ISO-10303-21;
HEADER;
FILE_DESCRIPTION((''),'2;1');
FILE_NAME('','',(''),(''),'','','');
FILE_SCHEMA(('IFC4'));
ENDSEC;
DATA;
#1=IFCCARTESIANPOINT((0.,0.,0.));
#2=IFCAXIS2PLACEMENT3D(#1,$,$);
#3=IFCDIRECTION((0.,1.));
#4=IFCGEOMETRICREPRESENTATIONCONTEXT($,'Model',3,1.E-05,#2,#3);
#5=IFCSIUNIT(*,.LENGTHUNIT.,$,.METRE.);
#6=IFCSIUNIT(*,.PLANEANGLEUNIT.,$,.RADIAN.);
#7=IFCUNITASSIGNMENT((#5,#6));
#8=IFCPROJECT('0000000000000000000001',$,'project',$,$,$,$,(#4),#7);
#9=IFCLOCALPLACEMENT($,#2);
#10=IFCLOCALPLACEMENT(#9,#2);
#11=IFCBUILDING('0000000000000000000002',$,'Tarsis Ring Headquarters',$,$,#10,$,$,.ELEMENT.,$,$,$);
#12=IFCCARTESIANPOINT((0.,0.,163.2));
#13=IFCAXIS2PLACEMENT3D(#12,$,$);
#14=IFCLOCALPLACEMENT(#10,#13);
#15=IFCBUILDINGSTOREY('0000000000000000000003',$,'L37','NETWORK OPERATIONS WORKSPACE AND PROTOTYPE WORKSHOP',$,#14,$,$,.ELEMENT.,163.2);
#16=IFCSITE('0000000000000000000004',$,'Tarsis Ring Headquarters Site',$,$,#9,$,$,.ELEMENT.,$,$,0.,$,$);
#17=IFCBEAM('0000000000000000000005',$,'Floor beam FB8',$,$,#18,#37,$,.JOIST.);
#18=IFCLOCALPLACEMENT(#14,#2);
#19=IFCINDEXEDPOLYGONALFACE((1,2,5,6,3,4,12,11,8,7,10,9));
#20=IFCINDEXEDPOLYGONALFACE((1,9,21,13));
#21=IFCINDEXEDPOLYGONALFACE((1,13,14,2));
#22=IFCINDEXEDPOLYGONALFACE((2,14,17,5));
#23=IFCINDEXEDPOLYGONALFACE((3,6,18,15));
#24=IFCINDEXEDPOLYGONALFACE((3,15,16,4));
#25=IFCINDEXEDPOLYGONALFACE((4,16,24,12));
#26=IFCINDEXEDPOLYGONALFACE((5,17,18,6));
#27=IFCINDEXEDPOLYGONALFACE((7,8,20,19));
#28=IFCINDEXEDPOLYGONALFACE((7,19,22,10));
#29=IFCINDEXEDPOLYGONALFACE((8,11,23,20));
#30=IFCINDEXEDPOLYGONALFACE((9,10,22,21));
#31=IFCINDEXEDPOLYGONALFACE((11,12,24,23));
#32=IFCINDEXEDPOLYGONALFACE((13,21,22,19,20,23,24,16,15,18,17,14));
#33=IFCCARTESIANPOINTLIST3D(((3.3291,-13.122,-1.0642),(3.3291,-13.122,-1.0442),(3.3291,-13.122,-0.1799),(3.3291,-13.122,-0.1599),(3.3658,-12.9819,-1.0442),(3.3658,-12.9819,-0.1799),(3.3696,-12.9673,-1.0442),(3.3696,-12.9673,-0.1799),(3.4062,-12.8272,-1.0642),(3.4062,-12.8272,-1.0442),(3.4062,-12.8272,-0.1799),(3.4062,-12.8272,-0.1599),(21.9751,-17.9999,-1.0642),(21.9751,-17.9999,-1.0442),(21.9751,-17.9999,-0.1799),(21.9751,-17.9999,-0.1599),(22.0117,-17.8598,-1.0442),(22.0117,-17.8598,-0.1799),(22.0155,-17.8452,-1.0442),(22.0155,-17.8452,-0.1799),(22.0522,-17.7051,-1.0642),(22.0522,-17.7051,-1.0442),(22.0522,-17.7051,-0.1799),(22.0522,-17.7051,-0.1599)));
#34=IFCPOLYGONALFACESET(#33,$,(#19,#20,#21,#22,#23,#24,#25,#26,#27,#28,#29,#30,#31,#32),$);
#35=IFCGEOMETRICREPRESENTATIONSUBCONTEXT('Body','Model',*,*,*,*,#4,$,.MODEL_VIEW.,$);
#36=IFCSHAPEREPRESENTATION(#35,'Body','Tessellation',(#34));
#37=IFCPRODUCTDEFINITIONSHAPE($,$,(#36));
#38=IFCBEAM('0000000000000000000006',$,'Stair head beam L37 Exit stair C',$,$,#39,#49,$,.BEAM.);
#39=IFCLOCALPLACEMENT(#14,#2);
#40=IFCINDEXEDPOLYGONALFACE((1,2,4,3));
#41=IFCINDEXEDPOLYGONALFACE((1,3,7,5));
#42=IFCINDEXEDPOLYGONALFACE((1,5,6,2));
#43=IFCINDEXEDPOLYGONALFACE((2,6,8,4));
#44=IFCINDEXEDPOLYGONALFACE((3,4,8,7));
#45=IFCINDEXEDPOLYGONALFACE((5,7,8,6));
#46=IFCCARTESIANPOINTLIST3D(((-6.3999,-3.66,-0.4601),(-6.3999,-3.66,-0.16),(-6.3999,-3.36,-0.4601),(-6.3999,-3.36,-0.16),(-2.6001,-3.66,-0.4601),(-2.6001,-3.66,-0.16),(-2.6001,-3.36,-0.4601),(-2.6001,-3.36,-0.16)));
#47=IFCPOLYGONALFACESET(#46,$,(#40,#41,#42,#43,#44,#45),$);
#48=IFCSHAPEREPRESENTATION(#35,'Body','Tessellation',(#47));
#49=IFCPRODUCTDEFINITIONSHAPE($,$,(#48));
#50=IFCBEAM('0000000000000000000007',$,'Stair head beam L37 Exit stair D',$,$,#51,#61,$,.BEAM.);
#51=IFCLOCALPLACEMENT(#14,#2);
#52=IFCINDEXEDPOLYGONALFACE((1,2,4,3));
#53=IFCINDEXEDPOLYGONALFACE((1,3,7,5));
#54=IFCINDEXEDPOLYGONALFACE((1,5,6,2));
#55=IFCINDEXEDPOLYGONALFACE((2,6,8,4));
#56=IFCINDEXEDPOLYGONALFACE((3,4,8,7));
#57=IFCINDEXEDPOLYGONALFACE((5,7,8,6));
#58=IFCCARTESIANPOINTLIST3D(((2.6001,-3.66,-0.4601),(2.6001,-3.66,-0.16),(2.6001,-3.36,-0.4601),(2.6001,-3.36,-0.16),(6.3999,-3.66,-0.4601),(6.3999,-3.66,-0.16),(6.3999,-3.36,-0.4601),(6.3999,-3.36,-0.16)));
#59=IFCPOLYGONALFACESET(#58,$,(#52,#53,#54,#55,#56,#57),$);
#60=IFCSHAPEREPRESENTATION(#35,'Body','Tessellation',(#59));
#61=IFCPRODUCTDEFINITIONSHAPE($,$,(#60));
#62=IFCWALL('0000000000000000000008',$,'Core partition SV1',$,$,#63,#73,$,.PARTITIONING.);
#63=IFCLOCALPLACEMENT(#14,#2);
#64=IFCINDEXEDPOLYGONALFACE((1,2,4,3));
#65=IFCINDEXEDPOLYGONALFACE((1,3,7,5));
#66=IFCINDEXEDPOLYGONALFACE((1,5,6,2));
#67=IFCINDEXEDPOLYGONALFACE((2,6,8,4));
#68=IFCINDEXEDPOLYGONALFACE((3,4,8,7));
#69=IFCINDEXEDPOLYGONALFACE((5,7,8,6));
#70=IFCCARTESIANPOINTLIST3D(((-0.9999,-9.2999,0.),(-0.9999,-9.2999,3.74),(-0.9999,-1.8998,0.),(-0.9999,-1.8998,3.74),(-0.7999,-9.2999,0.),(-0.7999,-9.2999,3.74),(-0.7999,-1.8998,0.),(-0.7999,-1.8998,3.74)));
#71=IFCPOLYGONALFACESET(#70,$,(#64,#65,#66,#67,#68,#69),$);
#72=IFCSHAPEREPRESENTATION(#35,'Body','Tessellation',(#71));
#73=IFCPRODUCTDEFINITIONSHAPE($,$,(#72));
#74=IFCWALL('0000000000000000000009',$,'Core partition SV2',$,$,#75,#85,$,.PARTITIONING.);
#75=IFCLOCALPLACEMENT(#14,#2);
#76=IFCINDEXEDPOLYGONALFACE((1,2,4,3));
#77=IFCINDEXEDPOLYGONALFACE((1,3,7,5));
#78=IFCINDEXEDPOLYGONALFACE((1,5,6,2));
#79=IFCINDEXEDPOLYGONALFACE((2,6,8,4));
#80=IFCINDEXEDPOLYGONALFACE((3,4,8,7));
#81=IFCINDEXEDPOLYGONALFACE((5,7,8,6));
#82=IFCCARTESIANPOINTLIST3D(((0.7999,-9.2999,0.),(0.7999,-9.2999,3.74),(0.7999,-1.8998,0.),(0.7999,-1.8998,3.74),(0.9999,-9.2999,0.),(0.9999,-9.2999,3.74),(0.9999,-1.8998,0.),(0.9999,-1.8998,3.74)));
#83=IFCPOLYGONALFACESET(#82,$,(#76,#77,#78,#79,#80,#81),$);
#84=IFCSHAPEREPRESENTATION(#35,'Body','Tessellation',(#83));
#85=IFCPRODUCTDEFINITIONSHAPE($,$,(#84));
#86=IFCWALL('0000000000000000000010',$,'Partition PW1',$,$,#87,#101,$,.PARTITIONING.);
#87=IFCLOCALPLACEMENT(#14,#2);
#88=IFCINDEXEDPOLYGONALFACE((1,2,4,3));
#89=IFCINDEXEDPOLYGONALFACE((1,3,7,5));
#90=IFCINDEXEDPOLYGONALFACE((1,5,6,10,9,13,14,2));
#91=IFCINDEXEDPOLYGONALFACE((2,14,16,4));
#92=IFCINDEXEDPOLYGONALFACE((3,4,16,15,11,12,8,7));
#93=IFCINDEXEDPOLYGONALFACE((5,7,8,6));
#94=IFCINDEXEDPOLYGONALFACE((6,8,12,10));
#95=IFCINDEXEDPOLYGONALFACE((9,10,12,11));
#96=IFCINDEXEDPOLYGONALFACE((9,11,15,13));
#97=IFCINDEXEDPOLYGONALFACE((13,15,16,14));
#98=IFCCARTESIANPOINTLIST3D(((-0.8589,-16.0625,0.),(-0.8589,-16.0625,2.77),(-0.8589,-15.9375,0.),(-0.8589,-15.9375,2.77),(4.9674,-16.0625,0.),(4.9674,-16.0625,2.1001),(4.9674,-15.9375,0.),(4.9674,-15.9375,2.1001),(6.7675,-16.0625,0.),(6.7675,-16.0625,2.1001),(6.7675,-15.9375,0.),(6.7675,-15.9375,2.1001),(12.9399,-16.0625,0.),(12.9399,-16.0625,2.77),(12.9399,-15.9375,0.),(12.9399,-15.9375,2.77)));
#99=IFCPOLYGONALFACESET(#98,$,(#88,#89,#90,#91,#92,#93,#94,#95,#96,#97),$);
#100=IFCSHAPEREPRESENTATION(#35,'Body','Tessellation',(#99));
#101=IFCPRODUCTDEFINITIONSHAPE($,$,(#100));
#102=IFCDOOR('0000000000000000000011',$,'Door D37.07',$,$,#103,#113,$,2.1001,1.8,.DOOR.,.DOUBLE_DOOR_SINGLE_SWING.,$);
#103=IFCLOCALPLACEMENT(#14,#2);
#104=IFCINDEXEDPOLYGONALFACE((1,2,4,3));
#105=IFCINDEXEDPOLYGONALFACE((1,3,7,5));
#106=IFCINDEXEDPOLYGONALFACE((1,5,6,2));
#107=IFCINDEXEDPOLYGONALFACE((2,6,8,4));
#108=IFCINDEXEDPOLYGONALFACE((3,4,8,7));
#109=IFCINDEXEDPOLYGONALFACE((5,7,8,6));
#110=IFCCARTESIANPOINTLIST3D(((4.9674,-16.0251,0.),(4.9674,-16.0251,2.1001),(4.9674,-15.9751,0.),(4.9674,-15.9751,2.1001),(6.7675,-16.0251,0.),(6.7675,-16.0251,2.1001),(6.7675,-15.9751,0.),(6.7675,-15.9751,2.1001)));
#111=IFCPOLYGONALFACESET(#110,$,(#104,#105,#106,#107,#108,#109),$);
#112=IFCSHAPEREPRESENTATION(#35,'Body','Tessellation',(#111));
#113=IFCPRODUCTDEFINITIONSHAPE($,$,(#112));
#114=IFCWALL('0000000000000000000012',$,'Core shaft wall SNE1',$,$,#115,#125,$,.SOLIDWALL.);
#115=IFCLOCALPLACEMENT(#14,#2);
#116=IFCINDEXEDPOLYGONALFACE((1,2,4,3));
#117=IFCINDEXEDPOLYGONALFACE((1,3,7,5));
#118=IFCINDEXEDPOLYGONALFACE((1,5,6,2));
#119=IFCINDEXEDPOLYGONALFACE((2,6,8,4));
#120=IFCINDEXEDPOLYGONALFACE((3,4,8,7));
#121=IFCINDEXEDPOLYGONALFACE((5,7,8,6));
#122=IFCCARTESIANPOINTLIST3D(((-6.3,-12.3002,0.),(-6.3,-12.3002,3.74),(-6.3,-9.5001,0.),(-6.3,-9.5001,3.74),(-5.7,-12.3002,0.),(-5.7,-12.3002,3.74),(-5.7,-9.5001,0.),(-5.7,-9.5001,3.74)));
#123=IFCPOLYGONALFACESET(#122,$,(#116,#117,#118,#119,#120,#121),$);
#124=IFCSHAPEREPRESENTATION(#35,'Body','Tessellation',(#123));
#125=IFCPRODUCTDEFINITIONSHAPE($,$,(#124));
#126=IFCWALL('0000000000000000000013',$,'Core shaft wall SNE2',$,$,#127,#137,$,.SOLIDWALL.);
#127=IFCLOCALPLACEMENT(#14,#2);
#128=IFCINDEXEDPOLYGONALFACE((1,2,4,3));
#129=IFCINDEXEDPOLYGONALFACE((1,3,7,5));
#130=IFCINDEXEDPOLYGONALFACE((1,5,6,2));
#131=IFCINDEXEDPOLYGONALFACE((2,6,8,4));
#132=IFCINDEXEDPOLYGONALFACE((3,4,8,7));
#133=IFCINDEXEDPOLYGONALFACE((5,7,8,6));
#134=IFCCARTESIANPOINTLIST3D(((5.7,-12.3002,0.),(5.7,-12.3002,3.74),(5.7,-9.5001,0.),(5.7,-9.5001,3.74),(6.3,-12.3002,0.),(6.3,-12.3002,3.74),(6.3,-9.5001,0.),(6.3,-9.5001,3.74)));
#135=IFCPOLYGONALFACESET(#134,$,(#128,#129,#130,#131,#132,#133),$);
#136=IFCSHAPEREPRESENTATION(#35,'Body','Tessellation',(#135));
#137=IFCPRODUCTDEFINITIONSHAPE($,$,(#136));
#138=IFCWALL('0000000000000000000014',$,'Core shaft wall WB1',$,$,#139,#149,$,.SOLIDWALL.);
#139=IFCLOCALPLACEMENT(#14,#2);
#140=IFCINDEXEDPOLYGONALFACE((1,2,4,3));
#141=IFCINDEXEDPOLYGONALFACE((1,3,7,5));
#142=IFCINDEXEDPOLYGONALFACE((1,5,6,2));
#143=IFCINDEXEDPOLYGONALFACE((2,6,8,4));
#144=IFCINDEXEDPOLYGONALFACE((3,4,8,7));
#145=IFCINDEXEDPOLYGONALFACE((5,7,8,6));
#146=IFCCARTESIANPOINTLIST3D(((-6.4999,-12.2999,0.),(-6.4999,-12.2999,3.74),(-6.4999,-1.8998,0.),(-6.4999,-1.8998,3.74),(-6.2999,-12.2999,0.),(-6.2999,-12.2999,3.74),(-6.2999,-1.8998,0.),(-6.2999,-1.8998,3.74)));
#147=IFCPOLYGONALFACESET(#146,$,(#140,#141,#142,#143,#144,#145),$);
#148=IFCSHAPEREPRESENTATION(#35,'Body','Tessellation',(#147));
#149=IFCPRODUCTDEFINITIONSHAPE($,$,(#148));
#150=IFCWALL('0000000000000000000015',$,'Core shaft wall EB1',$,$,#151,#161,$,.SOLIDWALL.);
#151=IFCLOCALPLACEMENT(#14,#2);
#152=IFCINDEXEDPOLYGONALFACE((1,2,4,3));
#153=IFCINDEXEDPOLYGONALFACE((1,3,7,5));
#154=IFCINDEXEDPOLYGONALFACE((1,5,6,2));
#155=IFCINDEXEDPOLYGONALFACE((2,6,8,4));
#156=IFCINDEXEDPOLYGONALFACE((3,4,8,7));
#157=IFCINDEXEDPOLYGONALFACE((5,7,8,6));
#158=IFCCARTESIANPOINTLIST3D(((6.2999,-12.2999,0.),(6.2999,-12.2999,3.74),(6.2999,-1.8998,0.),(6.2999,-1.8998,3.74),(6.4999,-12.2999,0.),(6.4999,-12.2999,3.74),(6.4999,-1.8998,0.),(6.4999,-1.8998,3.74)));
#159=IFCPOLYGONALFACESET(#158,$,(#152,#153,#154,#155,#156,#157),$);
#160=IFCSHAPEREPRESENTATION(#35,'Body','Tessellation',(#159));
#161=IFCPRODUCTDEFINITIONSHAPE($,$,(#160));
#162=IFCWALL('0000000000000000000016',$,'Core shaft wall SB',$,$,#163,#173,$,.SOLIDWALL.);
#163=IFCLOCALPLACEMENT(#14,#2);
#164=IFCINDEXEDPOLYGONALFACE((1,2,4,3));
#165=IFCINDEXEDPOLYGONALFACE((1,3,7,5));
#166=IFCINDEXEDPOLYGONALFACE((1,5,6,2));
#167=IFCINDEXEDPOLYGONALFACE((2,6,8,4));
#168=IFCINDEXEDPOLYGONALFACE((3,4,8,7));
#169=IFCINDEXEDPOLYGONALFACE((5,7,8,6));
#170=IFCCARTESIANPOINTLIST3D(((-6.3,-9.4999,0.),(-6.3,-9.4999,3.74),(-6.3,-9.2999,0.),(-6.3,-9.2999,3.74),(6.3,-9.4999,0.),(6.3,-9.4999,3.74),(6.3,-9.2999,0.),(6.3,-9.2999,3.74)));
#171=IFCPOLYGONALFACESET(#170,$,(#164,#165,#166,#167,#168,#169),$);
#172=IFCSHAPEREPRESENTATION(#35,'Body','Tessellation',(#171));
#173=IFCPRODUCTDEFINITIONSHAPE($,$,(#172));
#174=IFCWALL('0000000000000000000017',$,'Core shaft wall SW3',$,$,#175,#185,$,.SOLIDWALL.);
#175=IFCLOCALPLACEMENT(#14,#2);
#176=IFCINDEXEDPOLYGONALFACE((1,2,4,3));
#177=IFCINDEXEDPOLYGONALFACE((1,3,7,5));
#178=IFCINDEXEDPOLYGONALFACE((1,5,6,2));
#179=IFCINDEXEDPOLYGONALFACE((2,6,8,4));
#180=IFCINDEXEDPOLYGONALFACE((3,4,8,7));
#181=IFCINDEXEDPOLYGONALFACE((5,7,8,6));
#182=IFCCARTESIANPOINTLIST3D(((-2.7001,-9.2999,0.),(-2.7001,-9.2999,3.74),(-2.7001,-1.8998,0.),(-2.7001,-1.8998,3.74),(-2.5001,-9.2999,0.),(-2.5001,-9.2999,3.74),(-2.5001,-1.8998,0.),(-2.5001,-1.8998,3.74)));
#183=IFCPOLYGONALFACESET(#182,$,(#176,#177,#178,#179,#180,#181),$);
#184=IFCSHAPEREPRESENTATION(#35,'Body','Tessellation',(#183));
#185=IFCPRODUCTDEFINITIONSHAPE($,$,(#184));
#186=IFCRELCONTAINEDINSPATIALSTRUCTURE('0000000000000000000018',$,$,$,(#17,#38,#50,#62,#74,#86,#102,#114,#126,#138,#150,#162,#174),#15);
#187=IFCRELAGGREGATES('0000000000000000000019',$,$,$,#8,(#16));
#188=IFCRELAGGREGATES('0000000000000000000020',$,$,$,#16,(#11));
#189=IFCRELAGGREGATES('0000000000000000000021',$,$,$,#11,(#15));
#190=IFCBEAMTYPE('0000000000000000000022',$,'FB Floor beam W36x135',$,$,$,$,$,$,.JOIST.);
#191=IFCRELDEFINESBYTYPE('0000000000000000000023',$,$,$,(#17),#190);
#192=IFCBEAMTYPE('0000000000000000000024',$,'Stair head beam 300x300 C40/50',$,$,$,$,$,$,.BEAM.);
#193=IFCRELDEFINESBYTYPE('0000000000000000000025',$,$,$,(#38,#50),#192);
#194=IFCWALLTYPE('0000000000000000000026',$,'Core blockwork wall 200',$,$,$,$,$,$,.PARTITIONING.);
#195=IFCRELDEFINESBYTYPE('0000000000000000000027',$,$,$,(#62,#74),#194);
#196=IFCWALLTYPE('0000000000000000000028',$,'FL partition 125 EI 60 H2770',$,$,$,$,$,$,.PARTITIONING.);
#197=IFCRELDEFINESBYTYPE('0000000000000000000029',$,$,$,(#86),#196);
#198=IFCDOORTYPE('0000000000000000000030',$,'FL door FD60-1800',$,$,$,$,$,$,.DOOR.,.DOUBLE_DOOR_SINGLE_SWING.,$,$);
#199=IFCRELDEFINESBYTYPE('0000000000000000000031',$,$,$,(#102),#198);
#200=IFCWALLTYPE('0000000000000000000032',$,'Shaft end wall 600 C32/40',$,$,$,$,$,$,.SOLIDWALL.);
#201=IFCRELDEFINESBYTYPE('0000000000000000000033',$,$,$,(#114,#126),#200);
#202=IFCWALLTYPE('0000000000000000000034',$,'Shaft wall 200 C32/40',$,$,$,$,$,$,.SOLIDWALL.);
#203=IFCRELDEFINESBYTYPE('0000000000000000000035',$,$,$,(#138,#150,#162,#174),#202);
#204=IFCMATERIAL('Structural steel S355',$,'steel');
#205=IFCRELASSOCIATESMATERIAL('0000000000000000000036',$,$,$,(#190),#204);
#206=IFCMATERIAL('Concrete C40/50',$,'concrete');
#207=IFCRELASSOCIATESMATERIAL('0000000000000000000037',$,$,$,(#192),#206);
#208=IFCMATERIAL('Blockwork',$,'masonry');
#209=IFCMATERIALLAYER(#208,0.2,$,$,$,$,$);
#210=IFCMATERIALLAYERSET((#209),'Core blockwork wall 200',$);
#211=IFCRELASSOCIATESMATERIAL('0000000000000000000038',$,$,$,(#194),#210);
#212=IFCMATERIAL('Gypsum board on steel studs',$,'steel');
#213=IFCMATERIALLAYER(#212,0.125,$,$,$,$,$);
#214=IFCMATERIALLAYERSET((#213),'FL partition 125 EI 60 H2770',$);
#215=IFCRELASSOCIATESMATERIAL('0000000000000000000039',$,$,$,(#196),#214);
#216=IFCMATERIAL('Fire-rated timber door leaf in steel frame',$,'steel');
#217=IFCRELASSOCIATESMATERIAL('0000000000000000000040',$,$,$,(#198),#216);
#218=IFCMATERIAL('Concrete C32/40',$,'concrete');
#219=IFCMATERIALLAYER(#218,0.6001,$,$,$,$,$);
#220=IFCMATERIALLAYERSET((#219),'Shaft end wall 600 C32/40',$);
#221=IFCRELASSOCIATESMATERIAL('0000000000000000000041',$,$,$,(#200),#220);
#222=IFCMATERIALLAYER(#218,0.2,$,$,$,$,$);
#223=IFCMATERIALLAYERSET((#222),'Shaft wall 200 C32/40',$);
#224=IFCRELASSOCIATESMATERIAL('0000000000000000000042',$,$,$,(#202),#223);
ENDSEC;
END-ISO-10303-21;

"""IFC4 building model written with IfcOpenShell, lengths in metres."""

from ifc_helpers import new_model, si_unit, direction, frame, frame_2d, origin, origin_2d, place, context, subcontext, project, spatial, rectangle, i_section, extrude, material, layer, layer_set, material_profile, profile_set, type_object, element, fill, save


model = new_model("IFC4")

# Units and contexts
model_context = context("Model", 3, precision=1e-05, world=origin(), true_north=direction((0.0, 1.0)))
body_context = subcontext(model_context, "Body", "Model", "MODEL_VIEW")
ifc_project = project(units=[si_unit("LENGTHUNIT", "METRE"), si_unit("PLANEANGLEUNIT", "RADIAN")], contexts=[model_context])

# Site, building, storey
site_placement = place(None, origin())
site = spatial("IfcSite", under=ifc_project, at=site_placement, Name="Tarsis Ring Headquarters Site", CompositionType="ELEMENT", RefElevation=0.0)
building_placement = place(site_placement, origin())
building = spatial("IfcBuilding", under=site, at=building_placement, Name="Tarsis Ring Headquarters", CompositionType="ELEMENT")
storey_placement = place(building_placement, frame((0.0, 0.0, 163.2)))
storey = spatial("IfcBuildingStorey", under=building, at=storey_placement, Name="L37", Description="NETWORK OPERATIONS WORKSPACE AND PROTOTYPE WORKSHOP", CompositionType="ELEMENT", Elevation=163.2)

# Beams
ifc_material_1 = material(Name="Structural steel S355", Category="steel")
ifc_material_profile_1 = material_profile(ifc_material_1, i_section(OverallWidth=0.3047, OverallDepth=0.9043, WebThickness=0.0151, FlangeThickness=0.02, at=origin_2d()), Name="W36x135")
ifc_profile_set_1 = profile_set([ifc_material_profile_1], Name="Structural steel S355")
beam_type_1 = type_object("IfcBeamType", Name="FB Floor beam W36x135", PredefinedType="JOIST", material=ifc_profile_set_1)
beam_placement = place(storey_placement, frame((3.3677, -12.9746, -0.6121), z_axis=(0.967443, -0.25309, 0.0), x_axis=(0.25309, 0.967443, 0.0)))
element("IfcBeam", 1, at=beam_placement, inside=storey, type_object=beam_type_1, Name="Floor beam FB8", PredefinedType="JOIST", context=body_context, shape_type="SweptSolid", body=[
    extrude(i_section(OverallWidth=0.3047, OverallDepth=0.9043, WebThickness=0.0151, FlangeThickness=0.02, at=origin_2d()), origin(), (0.0, 0.0, 1.0), 19.2734),
])
ifc_material_2 = material(Name="Concrete C40/50", Category="concrete")
ifc_material_profile_2 = material_profile(ifc_material_2, rectangle(XDim=0.3, YDim=0.3, at=origin_2d()), Name="Stair head beam 300x300 C40/50")
ifc_profile_set_2 = profile_set([ifc_material_profile_2], Name="Concrete C40/50")
beam_type_2 = type_object("IfcBeamType", Name="Stair head beam 300x300 C40/50", PredefinedType="BEAM", material=ifc_profile_set_2)
for number, where, z_axis, x_axis, name in (
    (2, (-6.3999, -3.51, -0.3101), (1.0, 0.0, 0.0), (0.0, 1.0, 0.0), "Stair head beam L37 Exit stair C"),
    (3, (2.6001, -3.51, -0.3101), (1.0, 0.0, 0.0), (0.0, 1.0, 0.0), "Stair head beam L37 Exit stair D"),
):
    element("IfcBeam", number, at=place(storey_placement, frame(where, z_axis=z_axis, x_axis=x_axis)), inside=storey, type_object=beam_type_2, Name=name, PredefinedType="BEAM", context=body_context, shape_type="SweptSolid", body=[
        extrude(rectangle(XDim=0.3, YDim=0.3, at=origin_2d()), origin(), (0.0, 0.0, 1.0), 3.7998),
    ])

# Walls
ifc_material_3 = material(Name="Blockwork", Category="masonry")
ifc_layer_1 = layer(ifc_material_3, 0.2)
ifc_layer_set_1 = layer_set([ifc_layer_1], Name="Core blockwork wall 200")
wall_type_1 = type_object("IfcWallType", Name="Core blockwork wall 200", PredefinedType="PARTITIONING", material=ifc_layer_set_1)
for number, where, z_axis, x_axis, name in (
    (4, (-0.8999, -9.3, 0.0), (0.0, 0.0, 1.0), (0.0, 1.0, 0.0), "Core partition SV1"),
    (5, (0.8999, -9.3, 0.0), (0.0, 0.0, 1.0), (0.0, 1.0, 0.0), "Core partition SV2"),
):
    element("IfcWall", number, at=place(storey_placement, frame(where, z_axis=z_axis, x_axis=x_axis)), inside=storey, type_object=wall_type_1, Name=name, PredefinedType="PARTITIONING", context=body_context, shape_type="SweptSolid", body=[
        extrude(rectangle(XDim=7.4001, YDim=0.2, at=frame_2d((3.7002, 0.0))), origin(), (0.0, 0.0, 1.0), 3.74),
    ])

# Wall, opening, door
ifc_material_4 = material(Name="Gypsum board on steel studs", Category="steel")
ifc_layer_2 = layer(ifc_material_4, 0.125)
ifc_layer_set_2 = layer_set([ifc_layer_2], Name="FL partition 125 EI 60 H2770")
wall_type_2 = type_object("IfcWallType", Name="FL partition 125 EI 60 H2770", PredefinedType="PARTITIONING", material=ifc_layer_set_2)
wall_1_placement = place(storey_placement, frame((-0.8589, -16.0, 0.0), z_axis=(0.0, 0.0, 1.0), x_axis=(1.0, 0.0, 0.0)))
wall_1 = element("IfcWall", 6, at=wall_1_placement, inside=storey, type_object=wall_type_2, Name="Partition PW1", PredefinedType="PARTITIONING", context=body_context, shape_type="SweptSolid", body=[
    extrude(rectangle(XDim=13.7988, YDim=0.125, at=frame_2d((6.8994, 0.0))), origin(), (0.0, 0.0, 1.0), 2.77),
])
opening_placement = place(wall_1_placement, frame((5.8264, 0.0, 0.0)))
opening = element("IfcOpeningElement", 7, at=opening_placement, cuts=wall_1, PredefinedType="OPENING", context=body_context, shape_type="SweptSolid", body=[
    extrude(rectangle(XDim=1.8, YDim=2.1001, at=frame_2d((0.8999, 1.05))), frame((0.0, 0.0725, 0.0), z_axis=(0.0, -1.0, 0.0), x_axis=(1.0, 0.0, 0.0)), (0.0, 0.0, 1.0), 0.145),
])
ifc_material_5 = material(Name="Fire-rated timber door leaf in steel frame", Category="steel")
door_type = type_object("IfcDoorType", Name="FL door FD60-1800", OperationType="DOUBLE_DOOR_SINGLE_SWING", PredefinedType="DOOR", material=ifc_material_5)
door_placement = place(opening_placement, origin())
door = element("IfcDoor", 8, at=door_placement, inside=storey, type_object=door_type, Name="Door D37.07", OperationType="DOUBLE_DOOR_SINGLE_SWING", OverallHeight=2.1001, OverallWidth=1.8, PredefinedType="DOOR", context=body_context, shape_type="SweptSolid", body=[
    extrude(rectangle(XDim=1.8, YDim=2.1001, at=frame_2d((0.8999, 1.05))), frame((0.0, 0.0249, 0.0), z_axis=(0.0, -1.0, 0.0), x_axis=(1.0, 0.0, 0.0)), (0.0, 0.0, 1.0), 0.05),
])
fill(opening, door)

# Walls
ifc_material_6 = material(Name="Concrete C32/40", Category="concrete")
ifc_layer_3 = layer(ifc_material_6, 0.6001)
ifc_layer_set_3 = layer_set([ifc_layer_3], Name="Shaft end wall 600 C32/40")
wall_type_3 = type_object("IfcWallType", Name="Shaft end wall 600 C32/40", PredefinedType="SOLIDWALL", material=ifc_layer_set_3)
for number, where, z_axis, x_axis, name in (
    (9, (-6.0, -12.3, 0.0), (0.0, 0.0, 1.0), (0.0, 1.0, 0.0), "Core shaft wall SNE1"),
    (10, (6.0, -12.3, 0.0), (0.0, 0.0, 1.0), (0.0, 1.0, 0.0), "Core shaft wall SNE2"),
):
    element("IfcWall", number, at=place(storey_placement, frame(where, z_axis=z_axis, x_axis=x_axis)), inside=storey, type_object=wall_type_3, Name=name, PredefinedType="SOLIDWALL", context=body_context, shape_type="SweptSolid", body=[
        extrude(rectangle(XDim=2.8, YDim=0.6001, at=frame_2d((1.3999, 0.0))), origin(), (0.0, 0.0, 1.0), 3.74),
    ])
ifc_layer_4 = layer(ifc_material_6, 0.2)
ifc_layer_set_4 = layer_set([ifc_layer_4], Name="Shaft wall 200 C32/40")
wall_type_4 = type_object("IfcWallType", Name="Shaft wall 200 C32/40", PredefinedType="SOLIDWALL", material=ifc_layer_set_4)
for number, where, z_axis, x_axis, name in (
    (11, (-6.3999, -12.3, 0.0), (0.0, 0.0, 1.0), (0.0, 1.0, 0.0), "Core shaft wall WB1"),
    (12, (6.3999, -12.3, 0.0), (0.0, 0.0, 1.0), (0.0, 1.0, 0.0), "Core shaft wall EB1"),
):
    element("IfcWall", number, at=place(storey_placement, frame(where, z_axis=z_axis, x_axis=x_axis)), inside=storey, type_object=wall_type_4, Name=name, PredefinedType="SOLIDWALL", context=body_context, shape_type="SweptSolid", body=[
        extrude(rectangle(XDim=10.4001, YDim=0.2, at=frame_2d((5.2002, 0.0))), origin(), (0.0, 0.0, 1.0), 3.74),
    ])
wall_2_placement = place(storey_placement, frame((-6.3, -9.3999, 0.0), z_axis=(0.0, 0.0, 1.0), x_axis=(1.0, 0.0, 0.0)))
element("IfcWall", 13, at=wall_2_placement, inside=storey, type_object=wall_type_4, Name="Core shaft wall SB", PredefinedType="SOLIDWALL", context=body_context, shape_type="SweptSolid", body=[
    extrude(rectangle(XDim=12.6001, YDim=0.2, at=frame_2d((6.3, 0.0))), origin(), (0.0, 0.0, 1.0), 3.74),
])
for number, where, z_axis, x_axis, name in (
    (14, (-2.6001, -9.3, 0.0), (0.0, 0.0, 1.0), (0.0, 1.0, 0.0), "Core shaft wall SW3"),
):
    element("IfcWall", number, at=place(storey_placement, frame(where, z_axis=z_axis, x_axis=x_axis)), inside=storey, type_object=wall_type_4, Name=name, PredefinedType="SOLIDWALL", context=body_context, shape_type="SweptSolid", body=[
        extrude(rectangle(XDim=7.4001, YDim=0.2, at=frame_2d((3.7002, 0.0))), origin(), (0.0, 0.0, 1.0), 3.74),
    ])

save(model, "model.ifc")
